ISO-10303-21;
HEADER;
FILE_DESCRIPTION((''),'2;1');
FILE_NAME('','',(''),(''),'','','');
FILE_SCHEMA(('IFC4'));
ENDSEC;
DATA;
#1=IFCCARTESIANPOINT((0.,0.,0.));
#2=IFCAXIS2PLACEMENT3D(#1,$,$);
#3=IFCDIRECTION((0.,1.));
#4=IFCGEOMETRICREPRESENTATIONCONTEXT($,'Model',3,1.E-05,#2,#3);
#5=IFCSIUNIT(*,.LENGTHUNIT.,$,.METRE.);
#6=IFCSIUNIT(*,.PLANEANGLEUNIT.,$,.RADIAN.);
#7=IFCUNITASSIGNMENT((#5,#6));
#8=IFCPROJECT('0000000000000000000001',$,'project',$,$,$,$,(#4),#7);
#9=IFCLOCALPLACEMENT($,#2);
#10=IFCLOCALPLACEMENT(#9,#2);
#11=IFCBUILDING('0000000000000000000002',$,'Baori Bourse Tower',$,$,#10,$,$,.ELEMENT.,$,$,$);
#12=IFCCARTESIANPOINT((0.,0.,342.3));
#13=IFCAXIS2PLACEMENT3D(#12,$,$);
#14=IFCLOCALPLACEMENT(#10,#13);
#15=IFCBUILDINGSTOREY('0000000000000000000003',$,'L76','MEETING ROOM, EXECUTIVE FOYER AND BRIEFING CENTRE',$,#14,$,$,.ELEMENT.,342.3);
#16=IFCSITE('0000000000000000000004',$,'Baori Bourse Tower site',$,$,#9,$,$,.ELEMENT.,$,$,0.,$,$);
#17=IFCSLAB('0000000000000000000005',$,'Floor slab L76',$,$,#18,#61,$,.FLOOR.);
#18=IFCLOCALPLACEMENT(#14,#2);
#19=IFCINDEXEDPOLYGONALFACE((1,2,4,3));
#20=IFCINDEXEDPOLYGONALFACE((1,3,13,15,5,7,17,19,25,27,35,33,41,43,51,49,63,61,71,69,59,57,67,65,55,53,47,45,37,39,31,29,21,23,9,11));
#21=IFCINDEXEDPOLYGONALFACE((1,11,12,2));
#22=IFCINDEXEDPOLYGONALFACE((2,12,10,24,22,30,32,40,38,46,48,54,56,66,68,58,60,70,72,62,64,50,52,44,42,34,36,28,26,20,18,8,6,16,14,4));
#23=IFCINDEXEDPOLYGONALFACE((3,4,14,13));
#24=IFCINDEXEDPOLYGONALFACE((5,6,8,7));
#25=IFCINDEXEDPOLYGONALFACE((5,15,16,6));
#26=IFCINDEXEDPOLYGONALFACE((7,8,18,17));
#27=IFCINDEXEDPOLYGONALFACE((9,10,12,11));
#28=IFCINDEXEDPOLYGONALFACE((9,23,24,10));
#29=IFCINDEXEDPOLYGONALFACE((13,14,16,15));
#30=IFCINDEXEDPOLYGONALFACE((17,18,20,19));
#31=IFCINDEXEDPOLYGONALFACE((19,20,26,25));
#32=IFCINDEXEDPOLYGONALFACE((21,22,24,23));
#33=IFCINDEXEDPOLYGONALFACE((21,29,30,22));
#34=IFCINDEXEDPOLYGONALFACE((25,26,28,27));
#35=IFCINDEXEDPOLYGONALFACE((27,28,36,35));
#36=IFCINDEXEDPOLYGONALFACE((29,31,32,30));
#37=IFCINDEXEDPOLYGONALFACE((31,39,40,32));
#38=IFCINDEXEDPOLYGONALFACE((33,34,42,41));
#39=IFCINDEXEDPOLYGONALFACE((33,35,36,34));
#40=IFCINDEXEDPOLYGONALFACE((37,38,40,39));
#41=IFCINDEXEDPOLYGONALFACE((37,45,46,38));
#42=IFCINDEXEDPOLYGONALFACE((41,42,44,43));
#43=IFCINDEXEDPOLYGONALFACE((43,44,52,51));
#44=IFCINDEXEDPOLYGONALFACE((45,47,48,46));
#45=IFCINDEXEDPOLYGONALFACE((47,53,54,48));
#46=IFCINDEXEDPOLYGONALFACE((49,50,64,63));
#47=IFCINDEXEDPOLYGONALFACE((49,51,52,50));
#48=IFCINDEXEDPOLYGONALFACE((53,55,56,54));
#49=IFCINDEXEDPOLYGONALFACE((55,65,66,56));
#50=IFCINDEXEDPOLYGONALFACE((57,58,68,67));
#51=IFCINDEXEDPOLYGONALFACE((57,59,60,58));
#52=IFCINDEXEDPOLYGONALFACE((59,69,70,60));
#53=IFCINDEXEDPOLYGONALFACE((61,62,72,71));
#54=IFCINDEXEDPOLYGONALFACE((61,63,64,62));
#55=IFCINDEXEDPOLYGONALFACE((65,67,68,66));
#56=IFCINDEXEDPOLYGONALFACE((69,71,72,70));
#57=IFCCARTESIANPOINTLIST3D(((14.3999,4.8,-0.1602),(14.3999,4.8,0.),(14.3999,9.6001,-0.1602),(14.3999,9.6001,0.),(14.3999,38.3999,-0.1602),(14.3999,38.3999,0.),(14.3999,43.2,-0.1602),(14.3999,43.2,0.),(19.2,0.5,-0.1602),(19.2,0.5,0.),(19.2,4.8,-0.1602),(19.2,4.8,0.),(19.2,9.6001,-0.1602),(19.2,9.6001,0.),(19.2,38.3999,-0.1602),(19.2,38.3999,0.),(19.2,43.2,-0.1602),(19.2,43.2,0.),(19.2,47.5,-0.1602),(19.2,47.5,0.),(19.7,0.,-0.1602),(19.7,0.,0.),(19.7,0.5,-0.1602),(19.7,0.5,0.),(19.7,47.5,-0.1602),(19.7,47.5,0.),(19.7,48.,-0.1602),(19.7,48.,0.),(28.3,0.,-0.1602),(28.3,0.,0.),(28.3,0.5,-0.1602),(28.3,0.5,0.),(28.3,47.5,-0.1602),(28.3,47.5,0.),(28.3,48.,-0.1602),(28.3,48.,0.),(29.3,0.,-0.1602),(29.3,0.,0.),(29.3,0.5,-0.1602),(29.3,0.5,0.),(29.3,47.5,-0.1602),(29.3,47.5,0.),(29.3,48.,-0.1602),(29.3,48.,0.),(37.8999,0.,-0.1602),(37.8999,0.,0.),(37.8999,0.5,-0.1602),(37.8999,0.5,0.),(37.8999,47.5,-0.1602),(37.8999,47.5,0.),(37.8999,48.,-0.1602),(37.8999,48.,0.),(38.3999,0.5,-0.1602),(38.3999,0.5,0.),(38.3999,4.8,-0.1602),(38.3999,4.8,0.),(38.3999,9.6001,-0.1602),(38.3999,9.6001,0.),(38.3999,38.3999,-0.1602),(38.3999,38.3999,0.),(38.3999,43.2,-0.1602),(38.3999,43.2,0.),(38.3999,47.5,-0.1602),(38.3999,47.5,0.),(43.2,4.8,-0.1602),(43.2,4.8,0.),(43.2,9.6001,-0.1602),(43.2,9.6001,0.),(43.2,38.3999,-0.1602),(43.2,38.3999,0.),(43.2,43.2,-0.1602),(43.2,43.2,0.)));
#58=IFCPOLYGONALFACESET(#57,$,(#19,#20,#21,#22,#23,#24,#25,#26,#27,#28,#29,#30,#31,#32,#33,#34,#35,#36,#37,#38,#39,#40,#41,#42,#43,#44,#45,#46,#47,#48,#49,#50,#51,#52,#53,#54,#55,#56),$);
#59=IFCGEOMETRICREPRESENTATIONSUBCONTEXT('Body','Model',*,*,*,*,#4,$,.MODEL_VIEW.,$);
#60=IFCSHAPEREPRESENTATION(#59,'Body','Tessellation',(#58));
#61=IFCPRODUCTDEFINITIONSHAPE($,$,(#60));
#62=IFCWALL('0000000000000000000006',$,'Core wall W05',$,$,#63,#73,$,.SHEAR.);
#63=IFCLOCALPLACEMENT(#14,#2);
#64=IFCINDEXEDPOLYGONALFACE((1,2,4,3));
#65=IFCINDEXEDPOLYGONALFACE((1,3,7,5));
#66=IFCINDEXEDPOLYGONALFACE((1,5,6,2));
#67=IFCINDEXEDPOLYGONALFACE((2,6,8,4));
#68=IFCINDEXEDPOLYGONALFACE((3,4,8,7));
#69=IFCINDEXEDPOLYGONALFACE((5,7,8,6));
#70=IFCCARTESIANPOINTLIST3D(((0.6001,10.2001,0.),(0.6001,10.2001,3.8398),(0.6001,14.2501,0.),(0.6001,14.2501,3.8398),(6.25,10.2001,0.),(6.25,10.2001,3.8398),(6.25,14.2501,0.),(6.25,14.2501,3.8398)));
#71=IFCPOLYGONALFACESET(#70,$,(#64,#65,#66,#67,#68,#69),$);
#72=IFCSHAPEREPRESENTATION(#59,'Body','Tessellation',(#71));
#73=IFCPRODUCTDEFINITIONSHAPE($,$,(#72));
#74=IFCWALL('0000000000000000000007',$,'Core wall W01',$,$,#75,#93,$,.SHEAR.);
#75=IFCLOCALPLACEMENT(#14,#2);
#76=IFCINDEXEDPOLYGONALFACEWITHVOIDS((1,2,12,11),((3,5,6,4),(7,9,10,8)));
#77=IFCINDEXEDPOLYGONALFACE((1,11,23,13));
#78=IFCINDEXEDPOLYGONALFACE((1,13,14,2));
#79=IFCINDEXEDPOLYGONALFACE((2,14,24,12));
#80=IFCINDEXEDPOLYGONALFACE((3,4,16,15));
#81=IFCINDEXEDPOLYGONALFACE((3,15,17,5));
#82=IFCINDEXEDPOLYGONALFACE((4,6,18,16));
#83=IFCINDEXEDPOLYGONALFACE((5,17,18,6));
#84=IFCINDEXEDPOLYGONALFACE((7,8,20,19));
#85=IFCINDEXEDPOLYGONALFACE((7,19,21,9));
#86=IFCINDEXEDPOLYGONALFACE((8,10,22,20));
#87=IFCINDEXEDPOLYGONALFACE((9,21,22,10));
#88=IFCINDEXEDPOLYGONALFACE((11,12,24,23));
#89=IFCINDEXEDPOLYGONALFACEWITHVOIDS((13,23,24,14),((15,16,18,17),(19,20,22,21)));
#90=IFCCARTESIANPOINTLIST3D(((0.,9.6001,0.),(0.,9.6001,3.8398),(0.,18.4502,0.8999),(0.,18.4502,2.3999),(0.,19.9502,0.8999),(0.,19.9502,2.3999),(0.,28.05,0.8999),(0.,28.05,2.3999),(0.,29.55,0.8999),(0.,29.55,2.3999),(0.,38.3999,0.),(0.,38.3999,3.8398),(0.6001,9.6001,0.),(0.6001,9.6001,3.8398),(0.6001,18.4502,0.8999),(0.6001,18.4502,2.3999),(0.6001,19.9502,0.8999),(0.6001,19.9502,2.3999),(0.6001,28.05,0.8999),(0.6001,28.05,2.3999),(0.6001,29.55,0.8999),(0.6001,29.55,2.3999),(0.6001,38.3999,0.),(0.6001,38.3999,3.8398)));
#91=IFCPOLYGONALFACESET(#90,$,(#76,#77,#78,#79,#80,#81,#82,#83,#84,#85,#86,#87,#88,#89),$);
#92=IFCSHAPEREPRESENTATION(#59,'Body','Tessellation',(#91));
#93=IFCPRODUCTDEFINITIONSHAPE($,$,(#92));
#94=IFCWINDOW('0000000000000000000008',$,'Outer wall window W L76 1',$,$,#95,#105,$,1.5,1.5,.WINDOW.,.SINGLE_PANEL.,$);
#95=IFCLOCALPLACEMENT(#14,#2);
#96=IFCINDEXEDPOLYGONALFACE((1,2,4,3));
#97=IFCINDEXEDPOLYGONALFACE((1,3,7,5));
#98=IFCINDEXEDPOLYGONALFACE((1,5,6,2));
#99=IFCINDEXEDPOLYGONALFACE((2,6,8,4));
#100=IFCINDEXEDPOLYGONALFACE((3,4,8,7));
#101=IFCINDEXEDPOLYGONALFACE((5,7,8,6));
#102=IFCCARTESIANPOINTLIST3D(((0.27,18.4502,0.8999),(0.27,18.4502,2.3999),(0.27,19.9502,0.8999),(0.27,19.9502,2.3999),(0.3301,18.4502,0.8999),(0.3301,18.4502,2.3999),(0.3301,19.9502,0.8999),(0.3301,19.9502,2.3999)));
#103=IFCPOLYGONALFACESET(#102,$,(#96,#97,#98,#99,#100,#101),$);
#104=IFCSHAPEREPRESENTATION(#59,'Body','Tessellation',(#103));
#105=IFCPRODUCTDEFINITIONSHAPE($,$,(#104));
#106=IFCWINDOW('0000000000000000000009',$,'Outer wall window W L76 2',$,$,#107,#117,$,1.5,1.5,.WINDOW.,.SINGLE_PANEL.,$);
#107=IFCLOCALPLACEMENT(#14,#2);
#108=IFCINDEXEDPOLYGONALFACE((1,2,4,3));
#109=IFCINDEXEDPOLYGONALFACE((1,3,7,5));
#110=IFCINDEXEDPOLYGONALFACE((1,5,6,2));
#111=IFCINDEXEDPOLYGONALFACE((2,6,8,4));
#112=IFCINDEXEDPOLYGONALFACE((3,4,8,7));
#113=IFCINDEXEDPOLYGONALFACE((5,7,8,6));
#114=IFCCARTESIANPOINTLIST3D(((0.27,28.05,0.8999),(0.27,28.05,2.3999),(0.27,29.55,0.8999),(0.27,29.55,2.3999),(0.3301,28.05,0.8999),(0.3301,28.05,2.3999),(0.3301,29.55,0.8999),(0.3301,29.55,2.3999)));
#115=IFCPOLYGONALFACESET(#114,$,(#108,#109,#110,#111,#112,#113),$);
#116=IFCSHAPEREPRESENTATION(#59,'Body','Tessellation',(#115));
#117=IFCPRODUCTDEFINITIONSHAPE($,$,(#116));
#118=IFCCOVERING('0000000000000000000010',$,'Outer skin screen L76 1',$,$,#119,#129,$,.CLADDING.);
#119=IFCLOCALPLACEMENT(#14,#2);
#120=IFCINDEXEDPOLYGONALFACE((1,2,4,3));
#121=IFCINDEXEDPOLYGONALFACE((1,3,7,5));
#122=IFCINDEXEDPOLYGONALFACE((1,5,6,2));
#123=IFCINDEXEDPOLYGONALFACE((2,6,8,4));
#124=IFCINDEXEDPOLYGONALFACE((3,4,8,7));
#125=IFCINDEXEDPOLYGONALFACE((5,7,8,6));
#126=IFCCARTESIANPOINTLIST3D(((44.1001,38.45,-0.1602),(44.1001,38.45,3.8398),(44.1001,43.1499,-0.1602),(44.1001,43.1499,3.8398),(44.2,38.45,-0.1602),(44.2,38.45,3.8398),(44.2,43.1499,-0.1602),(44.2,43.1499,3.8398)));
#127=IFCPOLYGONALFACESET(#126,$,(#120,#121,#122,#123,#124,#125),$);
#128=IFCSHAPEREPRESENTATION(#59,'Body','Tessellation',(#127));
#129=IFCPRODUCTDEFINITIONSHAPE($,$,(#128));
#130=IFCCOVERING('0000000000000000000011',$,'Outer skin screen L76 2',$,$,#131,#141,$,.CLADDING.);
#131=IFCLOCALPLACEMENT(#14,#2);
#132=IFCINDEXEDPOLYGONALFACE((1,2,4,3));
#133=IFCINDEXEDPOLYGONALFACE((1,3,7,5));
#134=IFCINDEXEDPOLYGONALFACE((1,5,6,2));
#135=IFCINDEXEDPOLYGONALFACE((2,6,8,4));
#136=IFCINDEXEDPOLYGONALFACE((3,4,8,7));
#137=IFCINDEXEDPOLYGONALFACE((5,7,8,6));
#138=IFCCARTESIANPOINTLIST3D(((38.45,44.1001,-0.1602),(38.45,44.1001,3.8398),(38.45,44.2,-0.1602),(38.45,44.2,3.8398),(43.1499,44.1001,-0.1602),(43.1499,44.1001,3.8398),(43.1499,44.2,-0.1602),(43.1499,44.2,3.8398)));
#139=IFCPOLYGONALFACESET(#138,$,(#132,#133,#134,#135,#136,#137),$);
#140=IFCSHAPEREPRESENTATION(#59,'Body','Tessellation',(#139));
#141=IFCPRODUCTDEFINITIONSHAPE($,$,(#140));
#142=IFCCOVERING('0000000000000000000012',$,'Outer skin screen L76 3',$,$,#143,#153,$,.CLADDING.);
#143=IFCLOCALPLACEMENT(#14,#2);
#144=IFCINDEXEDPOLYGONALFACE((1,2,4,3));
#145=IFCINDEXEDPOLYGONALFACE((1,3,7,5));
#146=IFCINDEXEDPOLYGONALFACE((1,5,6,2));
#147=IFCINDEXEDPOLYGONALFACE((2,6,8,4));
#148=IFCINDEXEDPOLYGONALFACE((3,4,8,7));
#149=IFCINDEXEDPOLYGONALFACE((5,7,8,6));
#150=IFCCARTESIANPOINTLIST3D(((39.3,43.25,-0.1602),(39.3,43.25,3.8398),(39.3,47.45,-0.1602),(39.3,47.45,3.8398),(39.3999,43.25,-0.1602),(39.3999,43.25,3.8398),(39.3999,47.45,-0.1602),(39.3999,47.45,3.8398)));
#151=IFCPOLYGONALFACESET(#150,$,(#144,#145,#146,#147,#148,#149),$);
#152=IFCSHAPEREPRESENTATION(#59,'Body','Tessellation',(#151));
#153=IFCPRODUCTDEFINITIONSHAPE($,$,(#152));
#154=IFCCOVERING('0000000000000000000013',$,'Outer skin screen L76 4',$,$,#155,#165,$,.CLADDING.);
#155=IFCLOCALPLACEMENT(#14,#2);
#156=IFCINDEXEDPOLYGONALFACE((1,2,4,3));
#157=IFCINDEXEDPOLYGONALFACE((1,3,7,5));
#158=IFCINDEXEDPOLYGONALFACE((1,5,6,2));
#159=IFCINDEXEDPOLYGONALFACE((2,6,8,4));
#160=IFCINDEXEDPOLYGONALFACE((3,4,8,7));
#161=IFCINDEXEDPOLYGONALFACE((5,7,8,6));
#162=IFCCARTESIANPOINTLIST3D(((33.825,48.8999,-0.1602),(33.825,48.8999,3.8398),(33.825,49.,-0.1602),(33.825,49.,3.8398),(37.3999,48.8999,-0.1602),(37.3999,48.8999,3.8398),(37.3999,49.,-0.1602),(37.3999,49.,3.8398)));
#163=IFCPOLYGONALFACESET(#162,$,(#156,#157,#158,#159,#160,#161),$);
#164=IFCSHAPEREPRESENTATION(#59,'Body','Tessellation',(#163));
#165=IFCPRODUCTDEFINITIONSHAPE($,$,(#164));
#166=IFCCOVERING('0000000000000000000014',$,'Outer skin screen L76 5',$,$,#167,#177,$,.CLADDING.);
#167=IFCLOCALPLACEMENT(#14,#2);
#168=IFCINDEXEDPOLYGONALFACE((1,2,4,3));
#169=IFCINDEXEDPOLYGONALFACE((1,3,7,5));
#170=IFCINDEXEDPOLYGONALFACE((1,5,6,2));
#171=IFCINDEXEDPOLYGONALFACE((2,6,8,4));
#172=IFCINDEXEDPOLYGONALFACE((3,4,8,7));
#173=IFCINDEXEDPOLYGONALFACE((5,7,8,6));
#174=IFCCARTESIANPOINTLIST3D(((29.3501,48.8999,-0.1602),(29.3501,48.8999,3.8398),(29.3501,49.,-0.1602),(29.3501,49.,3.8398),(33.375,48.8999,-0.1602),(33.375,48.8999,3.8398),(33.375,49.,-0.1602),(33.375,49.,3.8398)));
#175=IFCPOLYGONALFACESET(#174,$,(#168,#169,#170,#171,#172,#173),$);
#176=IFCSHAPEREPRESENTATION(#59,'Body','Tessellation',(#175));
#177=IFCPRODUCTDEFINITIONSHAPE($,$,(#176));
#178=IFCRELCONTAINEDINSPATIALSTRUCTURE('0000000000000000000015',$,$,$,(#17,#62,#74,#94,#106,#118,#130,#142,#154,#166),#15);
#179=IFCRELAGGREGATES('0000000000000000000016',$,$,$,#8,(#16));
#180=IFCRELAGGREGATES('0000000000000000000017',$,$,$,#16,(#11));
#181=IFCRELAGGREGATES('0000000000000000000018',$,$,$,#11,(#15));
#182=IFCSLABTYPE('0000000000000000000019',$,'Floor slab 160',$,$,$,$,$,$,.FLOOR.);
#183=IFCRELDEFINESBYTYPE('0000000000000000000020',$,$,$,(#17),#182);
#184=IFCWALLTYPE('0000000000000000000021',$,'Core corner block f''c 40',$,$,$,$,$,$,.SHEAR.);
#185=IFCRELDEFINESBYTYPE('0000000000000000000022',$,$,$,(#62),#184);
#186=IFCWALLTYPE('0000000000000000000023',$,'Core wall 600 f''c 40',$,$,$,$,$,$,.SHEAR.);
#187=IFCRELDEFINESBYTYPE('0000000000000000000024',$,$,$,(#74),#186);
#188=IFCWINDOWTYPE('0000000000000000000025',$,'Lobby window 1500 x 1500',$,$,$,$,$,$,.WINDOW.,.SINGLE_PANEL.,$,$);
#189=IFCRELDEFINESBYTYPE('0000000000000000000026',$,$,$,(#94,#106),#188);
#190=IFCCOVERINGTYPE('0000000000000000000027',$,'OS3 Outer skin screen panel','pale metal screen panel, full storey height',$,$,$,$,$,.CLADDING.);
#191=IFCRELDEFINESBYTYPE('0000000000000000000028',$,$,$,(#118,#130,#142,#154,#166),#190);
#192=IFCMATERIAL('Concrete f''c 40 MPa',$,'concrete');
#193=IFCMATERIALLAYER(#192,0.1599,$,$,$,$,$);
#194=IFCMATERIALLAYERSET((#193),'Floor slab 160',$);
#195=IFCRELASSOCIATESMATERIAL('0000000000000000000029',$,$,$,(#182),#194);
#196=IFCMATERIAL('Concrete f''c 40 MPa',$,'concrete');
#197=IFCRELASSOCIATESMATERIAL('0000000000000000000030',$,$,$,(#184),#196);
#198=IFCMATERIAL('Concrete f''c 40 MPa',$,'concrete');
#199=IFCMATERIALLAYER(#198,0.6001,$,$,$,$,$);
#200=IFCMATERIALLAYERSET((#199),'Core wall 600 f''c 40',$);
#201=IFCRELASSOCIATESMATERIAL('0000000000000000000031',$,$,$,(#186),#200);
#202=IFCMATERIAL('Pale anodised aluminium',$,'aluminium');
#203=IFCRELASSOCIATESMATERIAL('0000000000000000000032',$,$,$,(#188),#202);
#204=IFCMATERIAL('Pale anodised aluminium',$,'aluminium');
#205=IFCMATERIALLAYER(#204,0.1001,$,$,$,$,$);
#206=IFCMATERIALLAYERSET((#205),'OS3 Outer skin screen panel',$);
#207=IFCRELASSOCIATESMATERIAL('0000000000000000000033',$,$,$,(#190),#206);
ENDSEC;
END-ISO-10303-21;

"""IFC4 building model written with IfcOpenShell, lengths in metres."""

from ifc_helpers import new_model, si_unit, direction, frame, frame_2d, origin, place, context, subcontext, project, spatial, polyline, rectangle, outline, extrude, material, layer, layer_set, type_object, element, fill, save


model = new_model("IFC4")

# Units and contexts
model_context = context("Model", 3, precision=1e-05, world=origin(), true_north=direction((0.0, 1.0)))
body_context = subcontext(model_context, "Body", "Model", "MODEL_VIEW")
ifc_project = project(units=[si_unit("LENGTHUNIT", "METRE"), si_unit("PLANEANGLEUNIT", "RADIAN")], contexts=[model_context])

# Site, building, storey
site_placement = place(None, origin())
site = spatial("IfcSite", under=ifc_project, at=site_placement, Name="Baori Bourse Tower site", CompositionType="ELEMENT", RefElevation=0.0)
building_placement = place(site_placement, origin())
building = spatial("IfcBuilding", under=site, at=building_placement, Name="Baori Bourse Tower", CompositionType="ELEMENT")
storey_placement = place(building_placement, frame((0.0, 0.0, 342.3)))
storey = spatial("IfcBuildingStorey", under=building, at=storey_placement, Name="L76", Description="MEETING ROOM, EXECUTIVE FOYER AND BRIEFING CENTRE", CompositionType="ELEMENT", Elevation=342.3)

# Slab
ifc_material_1 = material(Name="Concrete f'c 40 MPa", Category="concrete")
ifc_layer_1 = layer(ifc_material_1, 0.1599)
ifc_layer_set_1 = layer_set([ifc_layer_1], Name="Floor slab 160")
slab_type_1 = type_object("IfcSlabType", Name="Floor slab 160", PredefinedType="FLOOR", material=ifc_layer_set_1)
slab_1_placement = place(storey_placement, frame((0.0, 0.0, -0.1602)))
element("IfcSlab", 1, at=slab_1_placement, inside=storey, type_object=slab_type_1, Name="Floor slab L76", PredefinedType="FLOOR", context=body_context, shape_type="SweptSolid", body=[
    extrude(outline(polyline([(19.2, 4.8), (14.3999, 4.8), (14.3999, 9.6001), (19.2, 9.6001), (19.2, 38.3999), (14.3999, 38.3999), (14.3999, 43.2), (19.2, 43.2), (19.2, 47.5), (19.7, 47.5), (19.7, 48.0), (28.3, 48.0), (28.3, 47.5), (29.3, 47.5), (29.3, 48.0), (37.8999, 48.0), (37.8999, 47.5), (38.3999, 47.5), (38.3999, 43.2), (43.2, 43.2), (43.2, 38.3999), (38.3999, 38.3999), (38.3999, 9.6001), (43.2, 9.6001), (43.2, 4.8), (38.3999, 4.8), (38.3999, 0.5), (37.8999, 0.5), (37.8999, 0.0), (29.3, 0.0), (29.3, 0.5), (28.3, 0.5), (28.3, 0.0), (19.7, 0.0), (19.7, 0.5), (19.2, 0.5), (19.2, 4.8)])), origin(), (0.0, 0.0, 1.0), 0.1602),
])

# Wall
ifc_material_2 = material(Name="Concrete f'c 40 MPa", Category="concrete")
wall_type_1 = type_object("IfcWallType", Name="Core corner block f'c 40", PredefinedType="SHEAR", material=ifc_material_2)
wall_1_placement = place(storey_placement, frame((0.6001, 12.2251, 0.0), z_axis=(0.0, 0.0, 1.0), x_axis=(1.0, 0.0, 0.0)))
element("IfcWall", 2, at=wall_1_placement, inside=storey, type_object=wall_type_1, Name="Core wall W05", PredefinedType="SHEAR", context=body_context, shape_type="SweptSolid", body=[
    extrude(rectangle(XDim=5.6499, YDim=4.05, at=frame_2d((2.825, 0.0))), origin(), (0.0, 0.0, 1.0), 3.8398),
])

# Wall, openings, windows
ifc_material_3 = material(Name="Concrete f'c 40 MPa", Category="concrete")
ifc_layer_2 = layer(ifc_material_3, 0.6001)
ifc_layer_set_2 = layer_set([ifc_layer_2], Name="Core wall 600 f'c 40")
wall_type_2 = type_object("IfcWallType", Name="Core wall 600 f'c 40", PredefinedType="SHEAR", material=ifc_layer_set_2)
wall_2_placement = place(storey_placement, frame((0.3, 9.6001, 0.0), z_axis=(0.0, 0.0, 1.0), x_axis=(0.0, 1.0, 0.0)))
wall_2 = element("IfcWall", 3, at=wall_2_placement, inside=storey, type_object=wall_type_2, Name="Core wall W01", PredefinedType="SHEAR", context=body_context, shape_type="SweptSolid", body=[
    extrude(rectangle(XDim=28.7998, YDim=0.6001, at=frame_2d((14.3999, 0.0))), origin(), (0.0, 0.0, 1.0), 3.8398),
])
opening_1_placement = place(wall_2_placement, frame((8.8501, 0.0, 0.8999)))
opening_1 = element("IfcOpeningElement", 4, at=opening_1_placement, cuts=wall_2, PredefinedType="OPENING", context=body_context, shape_type="SweptSolid", body=[
    extrude(rectangle(XDim=1.5, YDim=1.5, at=frame_2d((0.75, 0.75))), frame((0.0, 0.3101, 0.0), z_axis=(0.0, -1.0, 0.0), x_axis=(1.0, 0.0, 0.0)), (0.0, 0.0, 1.0), 0.6201),
])
opening_2_placement = place(wall_2_placement, frame((18.45, 0.0, 0.8999)))
opening_2 = element("IfcOpeningElement", 5, at=opening_2_placement, cuts=wall_2, PredefinedType="OPENING", context=body_context, shape_type="SweptSolid", body=[
    extrude(rectangle(XDim=1.5, YDim=1.5, at=frame_2d((0.75, 0.75))), frame((0.0, 0.3101, 0.0), z_axis=(0.0, -1.0, 0.0), x_axis=(1.0, 0.0, 0.0)), (0.0, 0.0, 1.0), 0.6201),
])
ifc_material_4 = material(Name="Pale anodised aluminium", Category="aluminium")
window_type = type_object("IfcWindowType", Name="Lobby window 1500 x 1500", PartitioningType="SINGLE_PANEL", PredefinedType="WINDOW", material=ifc_material_4)
window_1_placement = place(opening_1_placement, origin())
window_1 = element("IfcWindow", 6, at=window_1_placement, inside=storey, type_object=window_type, Name="Outer wall window W L76 1", OverallHeight=1.5, OverallWidth=1.5, PartitioningType="SINGLE_PANEL", PredefinedType="WINDOW", context=body_context, shape_type="SweptSolid", body=[
    extrude(rectangle(XDim=1.5, YDim=1.5, at=frame_2d((0.75, 0.75))), frame((0.0, 0.03, 0.0), z_axis=(0.0, -1.0, 0.0), x_axis=(1.0, 0.0, 0.0)), (0.0, 0.0, 1.0), 0.0601),
])
fill(opening_1, window_1)
window_2_placement = place(opening_2_placement, origin())
window_2 = element("IfcWindow", 7, at=window_2_placement, inside=storey, type_object=window_type, Name="Outer wall window W L76 2", OverallHeight=1.5, OverallWidth=1.5, PartitioningType="SINGLE_PANEL", PredefinedType="WINDOW", context=body_context, shape_type="SweptSolid", body=[
    extrude(rectangle(XDim=1.5, YDim=1.5, at=frame_2d((0.75, 0.75))), frame((0.0, 0.03, 0.0), z_axis=(0.0, -1.0, 0.0), x_axis=(1.0, 0.0, 0.0)), (0.0, 0.0, 1.0), 0.0601),
])
fill(opening_2, window_2)

# Coverings
ifc_material_5 = material(Name="Pale anodised aluminium", Category="aluminium")
ifc_layer_3 = layer(ifc_material_5, 0.1001)
ifc_layer_set_3 = layer_set([ifc_layer_3], Name="OS3 Outer skin screen panel")
covering_type = type_object("IfcCoveringType", Name="OS3 Outer skin screen panel", Description="pale metal screen panel, full storey height", PredefinedType="CLADDING", material=ifc_layer_set_3)
covering_1_placement = place(storey_placement, frame((0.0, 0.0, -0.1602)))
element("IfcCovering", 8, at=covering_1_placement, inside=storey, type_object=covering_type, Name="Outer skin screen L76 1", PredefinedType="CLADDING", context=body_context, shape_type="SweptSolid", body=[
    extrude(outline(polyline([(44.1001, 43.1499), (44.1001, 38.45), (44.2, 38.45), (44.2, 43.1499), (44.1001, 43.1499)])), origin(), (0.0, 0.0, 1.0), 4.0),
])
covering_2_placement = place(storey_placement, frame((0.0, 0.0, -0.1602)))
element("IfcCovering", 9, at=covering_2_placement, inside=storey, type_object=covering_type, Name="Outer skin screen L76 2", PredefinedType="CLADDING", context=body_context, shape_type="SweptSolid", body=[
    extrude(outline(polyline([(38.45, 44.1001), (43.1499, 44.1001), (43.1499, 44.2), (38.45, 44.2), (38.45, 44.1001)])), origin(), (0.0, 0.0, 1.0), 4.0),
])
covering_3_placement = place(storey_placement, frame((0.0, 0.0, -0.1602)))
element("IfcCovering", 10, at=covering_3_placement, inside=storey, type_object=covering_type, Name="Outer skin screen L76 3", PredefinedType="CLADDING", context=body_context, shape_type="SweptSolid", body=[
    extrude(outline(polyline([(39.3, 47.45), (39.3, 43.25), (39.3999, 43.25), (39.3999, 47.45), (39.3, 47.45)])), origin(), (0.0, 0.0, 1.0), 4.0),
])
covering_4_placement = place(storey_placement, frame((0.0, 0.0, -0.1602)))
element("IfcCovering", 11, at=covering_4_placement, inside=storey, type_object=covering_type, Name="Outer skin screen L76 4", PredefinedType="CLADDING", context=body_context, shape_type="SweptSolid", body=[
    extrude(outline(polyline([(33.825, 48.8999), (37.3999, 48.8999), (37.3999, 49.0), (33.825, 49.0), (33.825, 48.8999)])), origin(), (0.0, 0.0, 1.0), 4.0),
])
covering_5_placement = place(storey_placement, frame((0.0, 0.0, -0.1602)))
element("IfcCovering", 12, at=covering_5_placement, inside=storey, type_object=covering_type, Name="Outer skin screen L76 5", PredefinedType="CLADDING", context=body_context, shape_type="SweptSolid", body=[
    extrude(outline(polyline([(29.3501, 48.8999), (33.375, 48.8999), (33.375, 49.0), (29.3501, 49.0), (29.3501, 48.8999)])), origin(), (0.0, 0.0, 1.0), 4.0),
])

save(model, "model.ifc")
